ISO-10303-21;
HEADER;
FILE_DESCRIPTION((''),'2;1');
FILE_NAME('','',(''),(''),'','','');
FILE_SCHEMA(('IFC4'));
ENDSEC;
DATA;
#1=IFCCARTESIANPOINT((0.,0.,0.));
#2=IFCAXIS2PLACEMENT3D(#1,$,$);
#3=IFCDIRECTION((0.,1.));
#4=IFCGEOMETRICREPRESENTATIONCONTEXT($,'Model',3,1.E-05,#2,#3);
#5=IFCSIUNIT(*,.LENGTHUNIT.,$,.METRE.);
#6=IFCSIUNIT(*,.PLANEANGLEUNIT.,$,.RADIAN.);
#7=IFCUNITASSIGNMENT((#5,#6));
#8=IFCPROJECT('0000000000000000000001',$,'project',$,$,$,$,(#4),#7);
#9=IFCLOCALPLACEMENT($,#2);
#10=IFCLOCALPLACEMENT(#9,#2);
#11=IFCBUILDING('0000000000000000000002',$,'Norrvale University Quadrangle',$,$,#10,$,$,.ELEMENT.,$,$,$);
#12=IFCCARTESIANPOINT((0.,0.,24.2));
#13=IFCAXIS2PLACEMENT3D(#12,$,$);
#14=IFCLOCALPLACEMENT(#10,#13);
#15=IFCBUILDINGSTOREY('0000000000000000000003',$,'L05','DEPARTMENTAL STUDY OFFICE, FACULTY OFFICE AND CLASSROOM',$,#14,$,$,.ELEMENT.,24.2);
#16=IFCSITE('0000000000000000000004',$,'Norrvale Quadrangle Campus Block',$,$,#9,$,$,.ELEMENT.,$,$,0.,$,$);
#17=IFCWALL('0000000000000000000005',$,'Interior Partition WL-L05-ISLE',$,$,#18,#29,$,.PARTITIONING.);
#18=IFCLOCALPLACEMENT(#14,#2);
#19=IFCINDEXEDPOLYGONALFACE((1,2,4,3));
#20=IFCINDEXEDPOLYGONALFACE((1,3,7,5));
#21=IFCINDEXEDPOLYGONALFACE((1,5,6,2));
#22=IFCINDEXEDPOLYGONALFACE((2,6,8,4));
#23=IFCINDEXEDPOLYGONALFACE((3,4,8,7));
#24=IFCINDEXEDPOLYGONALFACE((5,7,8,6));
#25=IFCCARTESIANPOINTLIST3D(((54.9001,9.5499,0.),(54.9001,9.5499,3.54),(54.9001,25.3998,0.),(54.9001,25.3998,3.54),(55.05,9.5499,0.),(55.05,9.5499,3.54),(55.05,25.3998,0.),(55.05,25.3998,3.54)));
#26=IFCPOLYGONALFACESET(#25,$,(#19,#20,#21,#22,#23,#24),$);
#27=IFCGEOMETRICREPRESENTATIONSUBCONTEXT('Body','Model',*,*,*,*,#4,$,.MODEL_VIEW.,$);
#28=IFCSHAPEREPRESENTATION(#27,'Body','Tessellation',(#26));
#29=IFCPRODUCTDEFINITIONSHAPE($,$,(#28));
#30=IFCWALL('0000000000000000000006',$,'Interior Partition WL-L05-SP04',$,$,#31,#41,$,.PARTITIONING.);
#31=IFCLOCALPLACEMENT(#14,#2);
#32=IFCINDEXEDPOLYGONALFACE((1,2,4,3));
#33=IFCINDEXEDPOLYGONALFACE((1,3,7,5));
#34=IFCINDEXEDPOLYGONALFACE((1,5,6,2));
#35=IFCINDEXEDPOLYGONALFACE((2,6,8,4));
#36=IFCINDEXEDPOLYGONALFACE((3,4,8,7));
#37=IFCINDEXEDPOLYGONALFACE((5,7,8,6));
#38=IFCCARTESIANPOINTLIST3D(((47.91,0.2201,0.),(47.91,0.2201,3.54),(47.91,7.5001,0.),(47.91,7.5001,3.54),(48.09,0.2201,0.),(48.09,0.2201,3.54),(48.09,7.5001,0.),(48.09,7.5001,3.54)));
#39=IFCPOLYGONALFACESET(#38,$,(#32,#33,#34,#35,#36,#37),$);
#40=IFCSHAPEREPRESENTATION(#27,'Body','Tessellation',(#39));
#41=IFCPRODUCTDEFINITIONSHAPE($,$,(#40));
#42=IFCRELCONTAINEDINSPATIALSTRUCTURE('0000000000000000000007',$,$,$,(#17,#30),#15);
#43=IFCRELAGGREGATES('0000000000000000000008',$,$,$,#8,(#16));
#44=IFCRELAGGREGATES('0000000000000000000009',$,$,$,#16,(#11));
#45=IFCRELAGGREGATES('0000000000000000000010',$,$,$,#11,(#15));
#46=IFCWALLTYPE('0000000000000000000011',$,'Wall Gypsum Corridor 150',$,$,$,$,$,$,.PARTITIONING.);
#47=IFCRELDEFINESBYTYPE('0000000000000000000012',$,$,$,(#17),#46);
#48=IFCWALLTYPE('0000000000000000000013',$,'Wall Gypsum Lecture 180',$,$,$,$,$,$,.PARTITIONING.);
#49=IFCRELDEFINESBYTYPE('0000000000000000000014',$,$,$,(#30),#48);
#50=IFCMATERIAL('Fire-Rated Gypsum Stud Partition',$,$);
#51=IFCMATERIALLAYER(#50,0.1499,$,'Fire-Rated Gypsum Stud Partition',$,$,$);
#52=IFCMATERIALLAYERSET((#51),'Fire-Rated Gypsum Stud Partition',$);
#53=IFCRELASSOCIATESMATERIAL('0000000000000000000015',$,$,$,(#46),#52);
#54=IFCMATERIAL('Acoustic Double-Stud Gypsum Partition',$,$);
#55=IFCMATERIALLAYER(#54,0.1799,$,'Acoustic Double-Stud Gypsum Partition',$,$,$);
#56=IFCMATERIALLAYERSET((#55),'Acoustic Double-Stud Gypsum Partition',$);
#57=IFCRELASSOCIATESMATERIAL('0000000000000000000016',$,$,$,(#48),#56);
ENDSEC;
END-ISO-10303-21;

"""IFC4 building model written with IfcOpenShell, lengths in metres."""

from ifc_helpers import new_model, si_unit, direction, frame, frame_2d, origin, place, context, subcontext, project, spatial, rectangle, extrude, material, layer, layer_set, type_object, element, save


model = new_model("IFC4")

# Units and contexts
model_context = context("Model", 3, precision=1e-05, world=origin(), true_north=direction((0.0, 1.0)))
body_context = subcontext(model_context, "Body", "Model", "MODEL_VIEW")
ifc_project = project(units=[si_unit("LENGTHUNIT", "METRE"), si_unit("PLANEANGLEUNIT", "RADIAN")], contexts=[model_context])

# Site, building, storey
site_placement = place(None, origin())
site = spatial("IfcSite", under=ifc_project, at=site_placement, Name="Norrvale Quadrangle Campus Block", CompositionType="ELEMENT", RefElevation=0.0)
building_placement = place(site_placement, origin())
building = spatial("IfcBuilding", under=site, at=building_placement, Name="Norrvale University Quadrangle", CompositionType="ELEMENT")
storey_placement = place(building_placement, frame((0.0, 0.0, 24.2)))
storey = spatial("IfcBuildingStorey", under=building, at=storey_placement, Name="L05", Description="DEPARTMENTAL STUDY OFFICE, FACULTY OFFICE AND CLASSROOM", CompositionType="ELEMENT", Elevation=24.2)

# Shared definitions
ifc_material_1 = material(Name="Fire-Rated Gypsum Stud Partition")
ifc_layer_1 = layer(ifc_material_1, 0.1499, Name="Fire-Rated Gypsum Stud Partition")
ifc_layer_set_1 = layer_set([ifc_layer_1], Name="Fire-Rated Gypsum Stud Partition")
wall_type_1 = type_object("IfcWallType", Name="Wall Gypsum Corridor 150", PredefinedType="PARTITIONING", material=ifc_layer_set_1)

# Walls
wall_1_placement = place(storey_placement, frame((54.9751, 9.55, 0.0), z_axis=(0.0, 0.0, 1.0), x_axis=(0.0, 1.0, 0.0)))
element("IfcWall", 1, at=wall_1_placement, inside=storey, type_object=wall_type_1, Name="Interior Partition WL-L05-ISLE", PredefinedType="PARTITIONING", context=body_context, shape_type="SweptSolid", body=[
    extrude(rectangle(XDim=15.8499, YDim=0.1499, at=frame_2d((7.9248, 0.0))), origin(), (0.0, 0.0, 1.0), 3.54),
])
ifc_material_2 = material(Name="Acoustic Double-Stud Gypsum Partition")
ifc_layer_2 = layer(ifc_material_2, 0.1799, Name="Acoustic Double-Stud Gypsum Partition")
ifc_layer_set_2 = layer_set([ifc_layer_2], Name="Acoustic Double-Stud Gypsum Partition")
wall_type_2 = type_object("IfcWallType", Name="Wall Gypsum Lecture 180", PredefinedType="PARTITIONING", material=ifc_layer_set_2)
wall_2_placement = place(storey_placement, frame((48.0, 0.22, 0.0), z_axis=(0.0, 0.0, 1.0), x_axis=(0.0, 1.0, 0.0)))
element("IfcWall", 2, at=wall_2_placement, inside=storey, type_object=wall_type_2, Name="Interior Partition WL-L05-SP04", PredefinedType="PARTITIONING", context=body_context, shape_type="SweptSolid", body=[
    extrude(rectangle(XDim=7.28, YDim=0.1799, at=frame_2d((3.6401, 0.0))), origin(), (0.0, 0.0, 1.0), 3.54),
])

save(model, "model.ifc")
